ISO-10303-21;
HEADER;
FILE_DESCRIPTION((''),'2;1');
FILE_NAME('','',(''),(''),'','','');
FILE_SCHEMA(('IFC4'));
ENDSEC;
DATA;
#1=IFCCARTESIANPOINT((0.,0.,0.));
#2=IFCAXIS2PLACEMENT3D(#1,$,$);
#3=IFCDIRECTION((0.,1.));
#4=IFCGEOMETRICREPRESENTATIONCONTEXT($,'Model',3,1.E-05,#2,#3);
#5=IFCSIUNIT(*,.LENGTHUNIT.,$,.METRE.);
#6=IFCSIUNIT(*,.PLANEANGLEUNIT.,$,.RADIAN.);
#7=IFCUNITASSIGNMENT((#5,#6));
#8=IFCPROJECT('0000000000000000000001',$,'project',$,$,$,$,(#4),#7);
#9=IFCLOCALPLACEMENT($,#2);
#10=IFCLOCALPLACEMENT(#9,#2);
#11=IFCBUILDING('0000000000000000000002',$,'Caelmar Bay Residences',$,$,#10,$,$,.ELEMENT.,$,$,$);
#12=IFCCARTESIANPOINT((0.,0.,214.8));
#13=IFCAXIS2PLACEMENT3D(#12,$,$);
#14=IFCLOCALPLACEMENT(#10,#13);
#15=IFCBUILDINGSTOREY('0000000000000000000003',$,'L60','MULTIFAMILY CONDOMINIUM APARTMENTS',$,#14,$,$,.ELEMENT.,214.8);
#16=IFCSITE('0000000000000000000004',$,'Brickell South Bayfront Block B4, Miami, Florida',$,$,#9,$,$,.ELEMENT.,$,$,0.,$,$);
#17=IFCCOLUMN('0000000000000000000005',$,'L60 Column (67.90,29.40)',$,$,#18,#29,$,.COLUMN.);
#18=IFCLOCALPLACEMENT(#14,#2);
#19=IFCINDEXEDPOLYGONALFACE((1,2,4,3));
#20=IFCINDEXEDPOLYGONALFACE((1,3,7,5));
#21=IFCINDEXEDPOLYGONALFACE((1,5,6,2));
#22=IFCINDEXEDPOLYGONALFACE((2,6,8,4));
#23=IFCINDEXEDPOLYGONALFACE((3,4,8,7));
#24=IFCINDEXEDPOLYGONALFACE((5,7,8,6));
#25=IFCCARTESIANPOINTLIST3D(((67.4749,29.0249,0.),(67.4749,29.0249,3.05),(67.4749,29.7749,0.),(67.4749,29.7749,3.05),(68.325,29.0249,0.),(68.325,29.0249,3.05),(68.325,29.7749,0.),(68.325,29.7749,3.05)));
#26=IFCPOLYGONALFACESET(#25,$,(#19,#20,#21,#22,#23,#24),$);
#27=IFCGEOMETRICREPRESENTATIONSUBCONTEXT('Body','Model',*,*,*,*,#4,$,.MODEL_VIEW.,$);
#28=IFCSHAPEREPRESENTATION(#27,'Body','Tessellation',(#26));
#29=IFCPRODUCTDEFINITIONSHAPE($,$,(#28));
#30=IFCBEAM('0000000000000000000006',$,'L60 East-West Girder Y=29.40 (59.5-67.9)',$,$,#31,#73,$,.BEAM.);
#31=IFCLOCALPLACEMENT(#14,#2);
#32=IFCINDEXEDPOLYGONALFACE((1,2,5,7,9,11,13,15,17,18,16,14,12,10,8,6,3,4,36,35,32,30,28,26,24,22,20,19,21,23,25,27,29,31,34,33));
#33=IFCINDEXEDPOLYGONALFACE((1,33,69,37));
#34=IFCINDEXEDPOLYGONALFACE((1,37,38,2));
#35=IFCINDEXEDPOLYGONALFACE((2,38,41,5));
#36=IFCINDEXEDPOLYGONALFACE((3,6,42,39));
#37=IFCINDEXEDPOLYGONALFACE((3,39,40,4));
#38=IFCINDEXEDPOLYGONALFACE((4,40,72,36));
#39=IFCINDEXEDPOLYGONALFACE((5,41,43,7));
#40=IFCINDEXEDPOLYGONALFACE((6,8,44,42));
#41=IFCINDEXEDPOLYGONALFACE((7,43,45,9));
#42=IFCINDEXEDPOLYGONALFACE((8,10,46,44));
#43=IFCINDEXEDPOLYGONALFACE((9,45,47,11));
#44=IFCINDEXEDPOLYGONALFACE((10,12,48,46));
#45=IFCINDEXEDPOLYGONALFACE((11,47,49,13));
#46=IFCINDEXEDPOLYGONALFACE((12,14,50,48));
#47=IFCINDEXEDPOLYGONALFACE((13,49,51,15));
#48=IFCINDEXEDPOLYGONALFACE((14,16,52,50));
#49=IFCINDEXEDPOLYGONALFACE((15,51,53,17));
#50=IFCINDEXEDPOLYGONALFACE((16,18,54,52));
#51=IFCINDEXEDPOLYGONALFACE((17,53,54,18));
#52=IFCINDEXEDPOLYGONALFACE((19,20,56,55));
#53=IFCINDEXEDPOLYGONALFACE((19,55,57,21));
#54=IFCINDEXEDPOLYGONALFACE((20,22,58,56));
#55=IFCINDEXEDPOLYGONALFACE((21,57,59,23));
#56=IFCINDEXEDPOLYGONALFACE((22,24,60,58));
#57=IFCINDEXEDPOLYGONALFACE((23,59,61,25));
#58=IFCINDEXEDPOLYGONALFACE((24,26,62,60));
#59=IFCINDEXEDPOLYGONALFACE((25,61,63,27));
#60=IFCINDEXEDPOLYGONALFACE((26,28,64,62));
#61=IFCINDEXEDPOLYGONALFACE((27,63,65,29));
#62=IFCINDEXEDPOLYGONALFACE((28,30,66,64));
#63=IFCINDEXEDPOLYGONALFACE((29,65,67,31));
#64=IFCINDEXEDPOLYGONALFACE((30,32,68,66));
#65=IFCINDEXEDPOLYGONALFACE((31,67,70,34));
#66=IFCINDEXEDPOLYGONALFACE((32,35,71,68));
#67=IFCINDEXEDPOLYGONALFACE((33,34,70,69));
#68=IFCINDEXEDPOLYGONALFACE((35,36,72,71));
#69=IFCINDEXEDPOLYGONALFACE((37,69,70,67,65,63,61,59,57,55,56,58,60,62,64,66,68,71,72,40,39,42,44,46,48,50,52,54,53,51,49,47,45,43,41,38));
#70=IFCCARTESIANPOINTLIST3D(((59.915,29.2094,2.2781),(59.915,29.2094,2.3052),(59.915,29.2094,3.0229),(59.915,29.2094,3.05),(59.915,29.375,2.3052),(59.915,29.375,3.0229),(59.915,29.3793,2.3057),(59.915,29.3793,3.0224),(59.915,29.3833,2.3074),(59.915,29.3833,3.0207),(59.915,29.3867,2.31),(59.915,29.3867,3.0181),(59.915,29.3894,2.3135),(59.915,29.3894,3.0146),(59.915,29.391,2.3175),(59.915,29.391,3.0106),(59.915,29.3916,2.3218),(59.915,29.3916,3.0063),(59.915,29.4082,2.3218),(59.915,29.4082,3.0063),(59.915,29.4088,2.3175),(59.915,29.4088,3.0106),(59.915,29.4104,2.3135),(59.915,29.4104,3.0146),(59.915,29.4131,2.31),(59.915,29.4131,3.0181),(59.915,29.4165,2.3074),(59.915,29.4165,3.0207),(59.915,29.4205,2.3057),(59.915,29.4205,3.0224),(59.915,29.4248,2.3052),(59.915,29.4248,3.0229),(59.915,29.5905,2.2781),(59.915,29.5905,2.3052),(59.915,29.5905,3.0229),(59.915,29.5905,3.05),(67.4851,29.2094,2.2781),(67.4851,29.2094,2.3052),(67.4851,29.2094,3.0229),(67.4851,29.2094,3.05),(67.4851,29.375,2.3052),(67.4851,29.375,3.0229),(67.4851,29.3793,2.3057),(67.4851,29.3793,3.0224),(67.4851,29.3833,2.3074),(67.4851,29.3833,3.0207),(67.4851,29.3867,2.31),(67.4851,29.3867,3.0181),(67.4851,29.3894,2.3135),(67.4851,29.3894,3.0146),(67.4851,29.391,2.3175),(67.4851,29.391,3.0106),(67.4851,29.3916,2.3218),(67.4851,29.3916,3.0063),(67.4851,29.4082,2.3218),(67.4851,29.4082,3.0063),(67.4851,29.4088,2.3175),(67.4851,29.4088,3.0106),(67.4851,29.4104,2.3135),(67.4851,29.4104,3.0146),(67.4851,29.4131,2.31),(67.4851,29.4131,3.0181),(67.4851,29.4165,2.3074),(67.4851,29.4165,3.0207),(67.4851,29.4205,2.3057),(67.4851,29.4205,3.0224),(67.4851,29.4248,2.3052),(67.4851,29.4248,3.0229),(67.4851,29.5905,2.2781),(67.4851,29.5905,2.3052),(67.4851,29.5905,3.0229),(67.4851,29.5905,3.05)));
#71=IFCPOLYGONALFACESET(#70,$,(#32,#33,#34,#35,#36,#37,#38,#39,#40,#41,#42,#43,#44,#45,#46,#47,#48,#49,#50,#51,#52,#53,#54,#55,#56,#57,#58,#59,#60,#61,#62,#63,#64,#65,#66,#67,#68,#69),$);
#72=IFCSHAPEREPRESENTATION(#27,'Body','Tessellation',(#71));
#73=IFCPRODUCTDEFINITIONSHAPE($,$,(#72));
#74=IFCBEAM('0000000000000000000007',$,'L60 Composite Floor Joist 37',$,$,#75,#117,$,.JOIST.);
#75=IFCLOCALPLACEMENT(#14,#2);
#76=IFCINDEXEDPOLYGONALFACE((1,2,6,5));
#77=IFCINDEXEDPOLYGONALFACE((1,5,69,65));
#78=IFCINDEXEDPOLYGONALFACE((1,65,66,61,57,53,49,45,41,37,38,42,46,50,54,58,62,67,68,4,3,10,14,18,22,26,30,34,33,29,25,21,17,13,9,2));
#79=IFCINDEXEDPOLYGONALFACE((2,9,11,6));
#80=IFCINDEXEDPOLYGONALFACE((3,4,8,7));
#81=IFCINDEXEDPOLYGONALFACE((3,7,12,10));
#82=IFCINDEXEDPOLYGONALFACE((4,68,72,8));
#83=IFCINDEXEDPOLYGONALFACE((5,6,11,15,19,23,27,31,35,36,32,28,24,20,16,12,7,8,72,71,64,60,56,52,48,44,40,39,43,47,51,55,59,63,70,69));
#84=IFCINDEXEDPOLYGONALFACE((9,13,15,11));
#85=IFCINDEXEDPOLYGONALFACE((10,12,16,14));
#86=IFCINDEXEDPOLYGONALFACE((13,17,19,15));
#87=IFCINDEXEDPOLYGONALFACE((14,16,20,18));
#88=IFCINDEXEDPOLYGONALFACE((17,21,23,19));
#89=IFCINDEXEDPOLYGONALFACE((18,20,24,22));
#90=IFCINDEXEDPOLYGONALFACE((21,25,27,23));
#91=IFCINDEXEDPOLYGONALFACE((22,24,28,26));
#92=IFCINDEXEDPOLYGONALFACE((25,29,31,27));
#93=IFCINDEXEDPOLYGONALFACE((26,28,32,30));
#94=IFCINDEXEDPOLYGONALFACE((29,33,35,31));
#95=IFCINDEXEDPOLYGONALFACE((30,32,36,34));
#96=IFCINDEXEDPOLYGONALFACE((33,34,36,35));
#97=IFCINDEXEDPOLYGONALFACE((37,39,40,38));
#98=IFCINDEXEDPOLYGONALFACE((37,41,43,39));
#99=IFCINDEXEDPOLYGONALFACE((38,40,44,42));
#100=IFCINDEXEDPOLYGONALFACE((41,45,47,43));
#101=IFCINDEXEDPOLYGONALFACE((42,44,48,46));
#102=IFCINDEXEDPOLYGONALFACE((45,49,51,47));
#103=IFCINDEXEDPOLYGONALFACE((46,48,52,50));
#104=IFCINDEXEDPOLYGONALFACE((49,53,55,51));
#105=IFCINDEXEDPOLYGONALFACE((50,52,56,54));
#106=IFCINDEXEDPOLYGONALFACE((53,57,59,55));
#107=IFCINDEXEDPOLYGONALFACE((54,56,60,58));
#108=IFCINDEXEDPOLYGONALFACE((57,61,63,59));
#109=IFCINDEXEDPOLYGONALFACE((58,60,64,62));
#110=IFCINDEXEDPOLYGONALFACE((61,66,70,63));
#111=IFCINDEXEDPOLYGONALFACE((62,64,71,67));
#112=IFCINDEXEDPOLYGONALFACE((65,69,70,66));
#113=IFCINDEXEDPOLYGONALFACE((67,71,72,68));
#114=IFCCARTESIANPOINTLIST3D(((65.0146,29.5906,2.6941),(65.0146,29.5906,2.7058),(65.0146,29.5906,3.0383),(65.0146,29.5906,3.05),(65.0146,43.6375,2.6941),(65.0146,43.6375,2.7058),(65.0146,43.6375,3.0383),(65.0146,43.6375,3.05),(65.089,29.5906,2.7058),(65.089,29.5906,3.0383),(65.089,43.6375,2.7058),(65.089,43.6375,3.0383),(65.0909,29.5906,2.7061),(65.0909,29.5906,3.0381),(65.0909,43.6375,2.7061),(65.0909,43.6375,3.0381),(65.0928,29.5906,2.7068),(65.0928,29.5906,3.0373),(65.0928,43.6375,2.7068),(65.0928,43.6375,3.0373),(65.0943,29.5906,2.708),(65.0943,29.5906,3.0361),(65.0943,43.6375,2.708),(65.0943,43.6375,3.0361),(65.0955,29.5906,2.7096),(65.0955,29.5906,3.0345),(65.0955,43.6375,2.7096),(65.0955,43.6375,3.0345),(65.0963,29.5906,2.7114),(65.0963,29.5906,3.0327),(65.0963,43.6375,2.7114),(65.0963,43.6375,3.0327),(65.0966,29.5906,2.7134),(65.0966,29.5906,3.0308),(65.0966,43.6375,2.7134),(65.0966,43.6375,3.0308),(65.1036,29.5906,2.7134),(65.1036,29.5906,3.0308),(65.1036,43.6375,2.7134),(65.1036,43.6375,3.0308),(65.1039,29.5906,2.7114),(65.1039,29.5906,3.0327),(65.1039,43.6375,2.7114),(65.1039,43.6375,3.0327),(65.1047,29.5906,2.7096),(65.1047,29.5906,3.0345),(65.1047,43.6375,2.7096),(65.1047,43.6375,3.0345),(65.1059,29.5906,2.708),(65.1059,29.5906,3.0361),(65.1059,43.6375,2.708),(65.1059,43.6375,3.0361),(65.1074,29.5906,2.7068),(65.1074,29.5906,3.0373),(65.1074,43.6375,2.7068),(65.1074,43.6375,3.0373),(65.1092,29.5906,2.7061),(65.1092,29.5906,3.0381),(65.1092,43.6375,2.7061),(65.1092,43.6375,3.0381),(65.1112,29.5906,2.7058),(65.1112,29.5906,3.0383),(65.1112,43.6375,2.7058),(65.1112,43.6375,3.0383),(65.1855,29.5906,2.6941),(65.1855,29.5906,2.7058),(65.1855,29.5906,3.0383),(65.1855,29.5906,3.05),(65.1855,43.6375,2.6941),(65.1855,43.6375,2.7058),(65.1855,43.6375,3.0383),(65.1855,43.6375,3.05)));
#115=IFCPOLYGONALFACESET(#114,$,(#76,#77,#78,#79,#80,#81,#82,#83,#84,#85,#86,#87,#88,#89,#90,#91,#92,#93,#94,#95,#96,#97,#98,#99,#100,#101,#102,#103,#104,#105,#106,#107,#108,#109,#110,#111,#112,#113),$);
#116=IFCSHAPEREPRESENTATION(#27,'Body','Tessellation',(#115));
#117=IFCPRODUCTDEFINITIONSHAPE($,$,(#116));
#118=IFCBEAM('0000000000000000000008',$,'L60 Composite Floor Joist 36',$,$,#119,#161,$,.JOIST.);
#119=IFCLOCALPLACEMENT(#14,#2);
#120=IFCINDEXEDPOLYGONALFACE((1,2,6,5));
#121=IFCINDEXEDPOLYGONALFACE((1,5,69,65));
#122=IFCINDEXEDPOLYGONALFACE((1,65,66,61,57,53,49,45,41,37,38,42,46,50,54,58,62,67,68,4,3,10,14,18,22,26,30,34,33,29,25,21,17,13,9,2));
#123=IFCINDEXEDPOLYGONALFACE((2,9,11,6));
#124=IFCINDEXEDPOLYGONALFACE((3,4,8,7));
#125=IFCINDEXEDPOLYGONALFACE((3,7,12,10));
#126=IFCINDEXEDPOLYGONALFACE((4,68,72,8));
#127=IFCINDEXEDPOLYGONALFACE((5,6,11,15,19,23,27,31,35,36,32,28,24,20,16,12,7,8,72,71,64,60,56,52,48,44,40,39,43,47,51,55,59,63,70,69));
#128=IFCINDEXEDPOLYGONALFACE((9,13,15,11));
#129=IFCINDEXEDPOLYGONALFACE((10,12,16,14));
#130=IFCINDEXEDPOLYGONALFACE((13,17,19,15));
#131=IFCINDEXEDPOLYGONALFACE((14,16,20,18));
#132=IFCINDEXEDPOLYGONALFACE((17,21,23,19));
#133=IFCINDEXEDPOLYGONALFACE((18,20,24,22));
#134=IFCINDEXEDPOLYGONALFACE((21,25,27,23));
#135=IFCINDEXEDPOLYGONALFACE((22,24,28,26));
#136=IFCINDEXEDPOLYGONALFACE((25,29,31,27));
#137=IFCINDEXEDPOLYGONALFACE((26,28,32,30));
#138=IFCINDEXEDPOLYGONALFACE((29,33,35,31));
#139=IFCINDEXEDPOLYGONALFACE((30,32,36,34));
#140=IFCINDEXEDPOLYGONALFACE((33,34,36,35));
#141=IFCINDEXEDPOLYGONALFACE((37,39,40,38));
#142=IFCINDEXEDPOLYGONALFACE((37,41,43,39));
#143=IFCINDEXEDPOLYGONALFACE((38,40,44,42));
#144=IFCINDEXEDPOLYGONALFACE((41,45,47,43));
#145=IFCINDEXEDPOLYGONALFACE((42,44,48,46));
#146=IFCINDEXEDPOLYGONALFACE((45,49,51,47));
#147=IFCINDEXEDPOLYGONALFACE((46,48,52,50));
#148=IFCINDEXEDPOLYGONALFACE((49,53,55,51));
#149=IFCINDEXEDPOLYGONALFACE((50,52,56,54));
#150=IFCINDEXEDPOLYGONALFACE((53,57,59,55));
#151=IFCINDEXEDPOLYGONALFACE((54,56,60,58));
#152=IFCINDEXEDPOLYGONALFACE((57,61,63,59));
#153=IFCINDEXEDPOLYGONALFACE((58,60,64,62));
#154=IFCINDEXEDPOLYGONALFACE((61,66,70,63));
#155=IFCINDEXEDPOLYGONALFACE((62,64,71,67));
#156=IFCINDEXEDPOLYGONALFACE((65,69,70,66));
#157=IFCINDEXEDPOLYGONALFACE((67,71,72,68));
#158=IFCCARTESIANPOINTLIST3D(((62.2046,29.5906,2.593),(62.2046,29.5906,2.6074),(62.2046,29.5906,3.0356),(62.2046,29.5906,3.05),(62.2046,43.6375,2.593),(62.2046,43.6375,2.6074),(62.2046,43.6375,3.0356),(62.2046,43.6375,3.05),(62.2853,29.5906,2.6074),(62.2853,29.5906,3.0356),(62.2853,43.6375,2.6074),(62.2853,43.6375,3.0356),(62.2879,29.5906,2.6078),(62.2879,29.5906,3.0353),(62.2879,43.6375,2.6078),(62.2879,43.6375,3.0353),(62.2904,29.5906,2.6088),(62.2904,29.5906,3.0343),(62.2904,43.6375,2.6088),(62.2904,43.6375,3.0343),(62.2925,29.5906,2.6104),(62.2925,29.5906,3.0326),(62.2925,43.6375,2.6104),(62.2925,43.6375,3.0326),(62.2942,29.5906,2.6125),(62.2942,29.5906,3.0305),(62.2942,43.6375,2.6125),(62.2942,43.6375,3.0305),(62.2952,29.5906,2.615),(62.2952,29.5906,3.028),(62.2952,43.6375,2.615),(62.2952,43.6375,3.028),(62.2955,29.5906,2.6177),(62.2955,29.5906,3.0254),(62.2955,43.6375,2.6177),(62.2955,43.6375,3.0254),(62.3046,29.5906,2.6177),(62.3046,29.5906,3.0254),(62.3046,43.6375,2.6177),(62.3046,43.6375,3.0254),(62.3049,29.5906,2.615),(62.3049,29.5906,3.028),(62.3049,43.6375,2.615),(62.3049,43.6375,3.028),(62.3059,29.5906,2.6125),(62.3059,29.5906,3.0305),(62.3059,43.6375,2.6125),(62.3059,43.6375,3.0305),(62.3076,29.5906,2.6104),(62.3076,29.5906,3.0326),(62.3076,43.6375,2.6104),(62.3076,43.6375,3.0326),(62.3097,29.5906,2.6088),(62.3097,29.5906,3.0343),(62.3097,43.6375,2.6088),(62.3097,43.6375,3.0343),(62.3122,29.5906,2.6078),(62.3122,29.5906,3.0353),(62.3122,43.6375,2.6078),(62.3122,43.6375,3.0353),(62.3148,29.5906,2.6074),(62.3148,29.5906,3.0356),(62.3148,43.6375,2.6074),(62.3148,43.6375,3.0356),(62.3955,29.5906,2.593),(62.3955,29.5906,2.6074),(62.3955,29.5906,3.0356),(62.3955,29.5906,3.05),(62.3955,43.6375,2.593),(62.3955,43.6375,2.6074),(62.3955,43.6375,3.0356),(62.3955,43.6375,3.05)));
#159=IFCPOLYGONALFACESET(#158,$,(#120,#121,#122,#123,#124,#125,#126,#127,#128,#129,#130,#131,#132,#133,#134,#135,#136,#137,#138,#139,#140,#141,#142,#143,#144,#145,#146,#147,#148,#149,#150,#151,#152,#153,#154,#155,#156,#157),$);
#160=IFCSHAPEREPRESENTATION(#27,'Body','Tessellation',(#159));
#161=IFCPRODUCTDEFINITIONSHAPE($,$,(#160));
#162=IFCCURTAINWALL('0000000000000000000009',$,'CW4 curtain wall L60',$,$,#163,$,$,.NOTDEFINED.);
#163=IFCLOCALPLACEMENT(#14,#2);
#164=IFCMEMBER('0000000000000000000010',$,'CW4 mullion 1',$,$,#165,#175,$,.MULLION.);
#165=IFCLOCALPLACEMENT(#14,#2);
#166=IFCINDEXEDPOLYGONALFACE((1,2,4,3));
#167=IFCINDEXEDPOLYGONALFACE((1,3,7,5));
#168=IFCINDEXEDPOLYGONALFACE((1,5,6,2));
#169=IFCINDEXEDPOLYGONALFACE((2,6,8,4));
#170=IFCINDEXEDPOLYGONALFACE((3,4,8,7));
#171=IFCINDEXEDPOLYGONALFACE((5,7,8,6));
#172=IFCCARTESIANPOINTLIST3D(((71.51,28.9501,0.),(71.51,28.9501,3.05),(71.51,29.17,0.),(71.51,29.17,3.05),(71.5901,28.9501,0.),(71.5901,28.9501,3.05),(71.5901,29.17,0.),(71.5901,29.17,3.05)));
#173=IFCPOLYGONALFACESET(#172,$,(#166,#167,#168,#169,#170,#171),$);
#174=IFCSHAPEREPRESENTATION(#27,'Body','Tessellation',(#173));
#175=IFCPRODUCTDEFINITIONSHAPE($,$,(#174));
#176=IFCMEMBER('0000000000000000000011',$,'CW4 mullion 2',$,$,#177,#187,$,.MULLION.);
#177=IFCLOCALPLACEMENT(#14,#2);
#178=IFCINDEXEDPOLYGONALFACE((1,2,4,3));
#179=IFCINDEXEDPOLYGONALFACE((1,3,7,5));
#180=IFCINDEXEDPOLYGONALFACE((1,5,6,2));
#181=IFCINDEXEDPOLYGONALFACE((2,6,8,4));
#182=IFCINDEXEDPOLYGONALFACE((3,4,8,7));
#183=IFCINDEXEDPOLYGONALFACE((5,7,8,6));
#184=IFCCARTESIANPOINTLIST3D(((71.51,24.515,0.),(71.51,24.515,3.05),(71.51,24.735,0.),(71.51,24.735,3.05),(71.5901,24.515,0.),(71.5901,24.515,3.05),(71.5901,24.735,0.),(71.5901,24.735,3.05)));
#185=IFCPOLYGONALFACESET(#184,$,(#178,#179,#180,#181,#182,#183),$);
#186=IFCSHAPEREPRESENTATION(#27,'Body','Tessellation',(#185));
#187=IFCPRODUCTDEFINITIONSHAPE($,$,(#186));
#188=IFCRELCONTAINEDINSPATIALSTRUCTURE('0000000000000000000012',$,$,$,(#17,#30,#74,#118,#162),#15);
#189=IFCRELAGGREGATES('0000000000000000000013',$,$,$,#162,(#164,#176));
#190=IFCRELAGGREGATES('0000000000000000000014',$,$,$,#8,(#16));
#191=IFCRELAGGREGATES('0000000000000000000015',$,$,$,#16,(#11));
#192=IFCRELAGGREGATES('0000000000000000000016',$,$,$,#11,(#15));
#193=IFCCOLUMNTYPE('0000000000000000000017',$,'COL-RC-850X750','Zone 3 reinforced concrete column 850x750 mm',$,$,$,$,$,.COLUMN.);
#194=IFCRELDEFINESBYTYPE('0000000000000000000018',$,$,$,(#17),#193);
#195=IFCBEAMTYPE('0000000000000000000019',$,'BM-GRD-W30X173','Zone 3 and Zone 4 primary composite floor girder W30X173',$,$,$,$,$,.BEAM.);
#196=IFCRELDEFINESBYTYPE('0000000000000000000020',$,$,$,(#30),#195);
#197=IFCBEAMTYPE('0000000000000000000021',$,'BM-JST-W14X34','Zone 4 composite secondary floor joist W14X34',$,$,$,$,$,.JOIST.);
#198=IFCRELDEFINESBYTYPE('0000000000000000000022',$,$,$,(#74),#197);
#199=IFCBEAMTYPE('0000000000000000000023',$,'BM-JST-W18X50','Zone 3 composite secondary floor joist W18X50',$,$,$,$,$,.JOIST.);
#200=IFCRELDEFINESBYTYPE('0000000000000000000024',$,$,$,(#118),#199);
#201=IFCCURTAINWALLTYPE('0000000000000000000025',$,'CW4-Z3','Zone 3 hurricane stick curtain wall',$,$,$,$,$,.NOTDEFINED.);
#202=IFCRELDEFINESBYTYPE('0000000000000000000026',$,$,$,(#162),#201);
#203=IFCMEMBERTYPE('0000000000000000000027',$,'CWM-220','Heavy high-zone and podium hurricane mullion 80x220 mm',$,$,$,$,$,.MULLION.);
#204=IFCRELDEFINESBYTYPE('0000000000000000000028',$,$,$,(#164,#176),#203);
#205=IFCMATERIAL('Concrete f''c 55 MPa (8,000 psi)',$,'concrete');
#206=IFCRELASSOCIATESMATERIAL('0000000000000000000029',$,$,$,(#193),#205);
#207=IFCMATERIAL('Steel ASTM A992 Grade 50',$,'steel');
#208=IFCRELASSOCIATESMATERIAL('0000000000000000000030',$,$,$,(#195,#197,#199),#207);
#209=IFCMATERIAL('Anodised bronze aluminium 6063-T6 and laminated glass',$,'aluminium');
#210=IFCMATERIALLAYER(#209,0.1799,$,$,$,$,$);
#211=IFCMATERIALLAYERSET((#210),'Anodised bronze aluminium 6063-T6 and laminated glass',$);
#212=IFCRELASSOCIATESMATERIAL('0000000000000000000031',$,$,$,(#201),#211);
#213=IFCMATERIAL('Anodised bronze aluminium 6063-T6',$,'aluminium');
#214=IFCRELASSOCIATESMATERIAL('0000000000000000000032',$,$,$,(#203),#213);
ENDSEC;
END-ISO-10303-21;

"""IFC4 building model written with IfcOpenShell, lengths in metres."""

from ifc_helpers import new_model, si_unit, direction, frame, origin, origin_2d, place, context, subcontext, project, spatial, rectangle, i_section, extrude, material, layer, layer_set, material_profile, profile_set, type_object, element, aggregate, save


model = new_model("IFC4")

# Units and contexts
model_context = context("Model", 3, precision=1e-05, world=origin(), true_north=direction((0.0, 1.0)))
body_context = subcontext(model_context, "Body", "Model", "MODEL_VIEW")
ifc_project = project(units=[si_unit("LENGTHUNIT", "METRE"), si_unit("PLANEANGLEUNIT", "RADIAN")], contexts=[model_context])

# Site, building, storey
site_placement = place(None, origin())
site = spatial("IfcSite", under=ifc_project, at=site_placement, Name="Brickell South Bayfront Block B4, Miami, Florida", CompositionType="ELEMENT", RefElevation=0.0)
building_placement = place(site_placement, origin())
building = spatial("IfcBuilding", under=site, at=building_placement, Name="Caelmar Bay Residences", CompositionType="ELEMENT")
storey_placement = place(building_placement, frame((0.0, 0.0, 214.8)))
storey = spatial("IfcBuildingStorey", under=building, at=storey_placement, Name="L60", Description="MULTIFAMILY CONDOMINIUM APARTMENTS", CompositionType="ELEMENT", Elevation=214.8)

# Column
ifc_material_1 = material(Name="Concrete f'c 55 MPa (8,000 psi)", Category="concrete")
ifc_material_profile_1 = material_profile(ifc_material_1, rectangle(XDim=0.8501, YDim=0.75, at=origin_2d()), Name="RC-COL-850X750")
ifc_profile_set_1 = profile_set([ifc_material_profile_1], Name="Concrete f'c 55 MPa (8,000 psi)")
column_type = type_object("IfcColumnType", Name="COL-RC-850X750", Description="Zone 3 reinforced concrete column 850x750 mm", PredefinedType="COLUMN", material=ifc_profile_set_1)
column_placement = place(storey_placement, frame((67.8999, 29.3999, 0.0), z_axis=(0.0, 0.0, 1.0), x_axis=(1.0, 0.0, 0.0)))
element("IfcColumn", 1, at=column_placement, inside=storey, type_object=column_type, Name="L60 Column (67.90,29.40)", PredefinedType="COLUMN", context=body_context, shape_type="SweptSolid", body=[
    extrude(rectangle(XDim=0.8501, YDim=0.75, at=origin_2d()), origin(), (0.0, 0.0, 1.0), 3.05),
])

# Beams
ifc_material_2 = material(Name="Steel ASTM A992 Grade 50", Category="steel")
ifc_material_profile_2 = material_profile(ifc_material_2, i_section(OverallWidth=0.3811, OverallDepth=0.772, WebThickness=0.0166, FlangeThickness=0.0271, FilletRadius=0.0166, at=origin_2d()), Name="W30X173")
ifc_profile_set_2 = profile_set([ifc_material_profile_2], Name="Steel ASTM A992 Grade 50")
beam_type_1 = type_object("IfcBeamType", Name="BM-GRD-W30X173", Description="Zone 3 and Zone 4 primary composite floor girder W30X173", PredefinedType="BEAM", material=ifc_profile_set_2)
beam_1_placement = place(storey_placement, frame((59.915, 29.3999, 2.6641), z_axis=(1.0, 0.0, 0.0), x_axis=(0.0, 1.0, 0.0)))
element("IfcBeam", 2, at=beam_1_placement, inside=storey, type_object=beam_type_1, Name="L60 East-West Girder Y=29.40 (59.5-67.9)", PredefinedType="BEAM", context=body_context, shape_type="SweptSolid", body=[
    extrude(i_section(OverallWidth=0.3811, OverallDepth=0.772, WebThickness=0.0166, FlangeThickness=0.0271, FilletRadius=0.0166, at=origin_2d()), origin(), (0.0, 0.0, 1.0), 7.5701),
])
ifc_material_profile_3 = material_profile(ifc_material_2, i_section(OverallWidth=0.1709, OverallDepth=0.356, WebThickness=0.0071, FlangeThickness=0.0117, FilletRadius=0.0076, at=origin_2d()), Name="W14X34")
ifc_profile_set_3 = profile_set([ifc_material_profile_3], Name="Steel ASTM A992 Grade 50")
beam_type_2 = type_object("IfcBeamType", Name="BM-JST-W14X34", Description="Zone 4 composite secondary floor joist W14X34", PredefinedType="JOIST", material=ifc_profile_set_3)
beam_2_placement = place(storey_placement, frame((65.1001, 29.5906, 2.8721), z_axis=(0.0, 1.0, 0.0), x_axis=(-1.0, 0.0, 0.0)))
element("IfcBeam", 3, at=beam_2_placement, inside=storey, type_object=beam_type_2, Name="L60 Composite Floor Joist 37", PredefinedType="JOIST", context=body_context, shape_type="SweptSolid", body=[
    extrude(i_section(OverallWidth=0.1709, OverallDepth=0.356, WebThickness=0.0071, FlangeThickness=0.0117, FilletRadius=0.0076, at=origin_2d()), origin(), (0.0, 0.0, 1.0), 14.0469),
])
ifc_material_profile_4 = material_profile(ifc_material_2, i_section(OverallWidth=0.1909, OverallDepth=0.457, WebThickness=0.009, FlangeThickness=0.0144, FilletRadius=0.0103, at=origin_2d()), Name="W18X50")
ifc_profile_set_4 = profile_set([ifc_material_profile_4], Name="Steel ASTM A992 Grade 50")
beam_type_3 = type_object("IfcBeamType", Name="BM-JST-W18X50", Description="Zone 3 composite secondary floor joist W18X50", PredefinedType="JOIST", material=ifc_profile_set_4)
beam_3_placement = place(storey_placement, frame((62.3, 29.5906, 2.8215), z_axis=(0.0, 1.0, 0.0), x_axis=(-1.0, 0.0, 0.0)))
element("IfcBeam", 4, at=beam_3_placement, inside=storey, type_object=beam_type_3, Name="L60 Composite Floor Joist 36", PredefinedType="JOIST", context=body_context, shape_type="SweptSolid", body=[
    extrude(i_section(OverallWidth=0.1909, OverallDepth=0.457, WebThickness=0.009, FlangeThickness=0.0144, FilletRadius=0.0103, at=origin_2d()), origin(), (0.0, 0.0, 1.0), 14.0469),
])

# Curtain wall, members
ifc_material_3 = material(Name="Anodised bronze aluminium 6063-T6 and laminated glass", Category="aluminium")
ifc_layer_1 = layer(ifc_material_3, 0.1799)
ifc_layer_set_1 = layer_set([ifc_layer_1], Name="Anodised bronze aluminium 6063-T6 and laminated glass")
curtain_wall_type = type_object("IfcCurtainWallType", Name="CW4-Z3", Description="Zone 3 hurricane stick curtain wall", PredefinedType="NOTDEFINED", material=ifc_layer_set_1)
curtain_wall_placement = place(storey_placement, origin())
curtain_wall = element("IfcCurtainWall", 5, at=curtain_wall_placement, inside=storey, type_object=curtain_wall_type, Name="CW4 curtain wall L60", PredefinedType="NOTDEFINED")
ifc_material_4 = material(Name="Anodised bronze aluminium 6063-T6", Category="aluminium")
ifc_material_profile_5 = material_profile(ifc_material_4, rectangle(XDim=0.0801, YDim=0.22, at=origin_2d()), Name="CWM-80X220")
ifc_profile_set_5 = profile_set([ifc_material_profile_5], Name="Anodised bronze aluminium 6063-T6")
member_type_1 = type_object("IfcMemberType", Name="CWM-220", Description="Heavy high-zone and podium hurricane mullion 80x220 mm", PredefinedType="MULLION", material=ifc_profile_set_5)
member_1_placement = place(storey_placement, frame((71.55, 29.0601, 0.0), z_axis=(0.0, 0.0, 1.0), x_axis=(1.0, 0.0, 0.0)))
member_1 = element("IfcMember", 6, at=member_1_placement, type_object=member_type_1, Name="CW4 mullion 1", PredefinedType="MULLION", context=body_context, shape_type="SweptSolid", body=[
    extrude(rectangle(XDim=0.0801, YDim=0.22, at=origin_2d()), origin(), (0.0, 0.0, 1.0), 3.05),
])
member_2_placement = place(storey_placement, frame((71.55, 24.625, 0.0), z_axis=(0.0, 0.0, 1.0), x_axis=(1.0, 0.0, 0.0)))
member_2 = element("IfcMember", 7, at=member_2_placement, type_object=member_type_1, Name="CW4 mullion 2", PredefinedType="MULLION", context=body_context, shape_type="SweptSolid", body=[
    extrude(rectangle(XDim=0.0801, YDim=0.22, at=origin_2d()), origin(), (0.0, 0.0, 1.0), 3.05),
])
aggregate(curtain_wall, [member_1, member_2])

save(model, "model.ifc")
